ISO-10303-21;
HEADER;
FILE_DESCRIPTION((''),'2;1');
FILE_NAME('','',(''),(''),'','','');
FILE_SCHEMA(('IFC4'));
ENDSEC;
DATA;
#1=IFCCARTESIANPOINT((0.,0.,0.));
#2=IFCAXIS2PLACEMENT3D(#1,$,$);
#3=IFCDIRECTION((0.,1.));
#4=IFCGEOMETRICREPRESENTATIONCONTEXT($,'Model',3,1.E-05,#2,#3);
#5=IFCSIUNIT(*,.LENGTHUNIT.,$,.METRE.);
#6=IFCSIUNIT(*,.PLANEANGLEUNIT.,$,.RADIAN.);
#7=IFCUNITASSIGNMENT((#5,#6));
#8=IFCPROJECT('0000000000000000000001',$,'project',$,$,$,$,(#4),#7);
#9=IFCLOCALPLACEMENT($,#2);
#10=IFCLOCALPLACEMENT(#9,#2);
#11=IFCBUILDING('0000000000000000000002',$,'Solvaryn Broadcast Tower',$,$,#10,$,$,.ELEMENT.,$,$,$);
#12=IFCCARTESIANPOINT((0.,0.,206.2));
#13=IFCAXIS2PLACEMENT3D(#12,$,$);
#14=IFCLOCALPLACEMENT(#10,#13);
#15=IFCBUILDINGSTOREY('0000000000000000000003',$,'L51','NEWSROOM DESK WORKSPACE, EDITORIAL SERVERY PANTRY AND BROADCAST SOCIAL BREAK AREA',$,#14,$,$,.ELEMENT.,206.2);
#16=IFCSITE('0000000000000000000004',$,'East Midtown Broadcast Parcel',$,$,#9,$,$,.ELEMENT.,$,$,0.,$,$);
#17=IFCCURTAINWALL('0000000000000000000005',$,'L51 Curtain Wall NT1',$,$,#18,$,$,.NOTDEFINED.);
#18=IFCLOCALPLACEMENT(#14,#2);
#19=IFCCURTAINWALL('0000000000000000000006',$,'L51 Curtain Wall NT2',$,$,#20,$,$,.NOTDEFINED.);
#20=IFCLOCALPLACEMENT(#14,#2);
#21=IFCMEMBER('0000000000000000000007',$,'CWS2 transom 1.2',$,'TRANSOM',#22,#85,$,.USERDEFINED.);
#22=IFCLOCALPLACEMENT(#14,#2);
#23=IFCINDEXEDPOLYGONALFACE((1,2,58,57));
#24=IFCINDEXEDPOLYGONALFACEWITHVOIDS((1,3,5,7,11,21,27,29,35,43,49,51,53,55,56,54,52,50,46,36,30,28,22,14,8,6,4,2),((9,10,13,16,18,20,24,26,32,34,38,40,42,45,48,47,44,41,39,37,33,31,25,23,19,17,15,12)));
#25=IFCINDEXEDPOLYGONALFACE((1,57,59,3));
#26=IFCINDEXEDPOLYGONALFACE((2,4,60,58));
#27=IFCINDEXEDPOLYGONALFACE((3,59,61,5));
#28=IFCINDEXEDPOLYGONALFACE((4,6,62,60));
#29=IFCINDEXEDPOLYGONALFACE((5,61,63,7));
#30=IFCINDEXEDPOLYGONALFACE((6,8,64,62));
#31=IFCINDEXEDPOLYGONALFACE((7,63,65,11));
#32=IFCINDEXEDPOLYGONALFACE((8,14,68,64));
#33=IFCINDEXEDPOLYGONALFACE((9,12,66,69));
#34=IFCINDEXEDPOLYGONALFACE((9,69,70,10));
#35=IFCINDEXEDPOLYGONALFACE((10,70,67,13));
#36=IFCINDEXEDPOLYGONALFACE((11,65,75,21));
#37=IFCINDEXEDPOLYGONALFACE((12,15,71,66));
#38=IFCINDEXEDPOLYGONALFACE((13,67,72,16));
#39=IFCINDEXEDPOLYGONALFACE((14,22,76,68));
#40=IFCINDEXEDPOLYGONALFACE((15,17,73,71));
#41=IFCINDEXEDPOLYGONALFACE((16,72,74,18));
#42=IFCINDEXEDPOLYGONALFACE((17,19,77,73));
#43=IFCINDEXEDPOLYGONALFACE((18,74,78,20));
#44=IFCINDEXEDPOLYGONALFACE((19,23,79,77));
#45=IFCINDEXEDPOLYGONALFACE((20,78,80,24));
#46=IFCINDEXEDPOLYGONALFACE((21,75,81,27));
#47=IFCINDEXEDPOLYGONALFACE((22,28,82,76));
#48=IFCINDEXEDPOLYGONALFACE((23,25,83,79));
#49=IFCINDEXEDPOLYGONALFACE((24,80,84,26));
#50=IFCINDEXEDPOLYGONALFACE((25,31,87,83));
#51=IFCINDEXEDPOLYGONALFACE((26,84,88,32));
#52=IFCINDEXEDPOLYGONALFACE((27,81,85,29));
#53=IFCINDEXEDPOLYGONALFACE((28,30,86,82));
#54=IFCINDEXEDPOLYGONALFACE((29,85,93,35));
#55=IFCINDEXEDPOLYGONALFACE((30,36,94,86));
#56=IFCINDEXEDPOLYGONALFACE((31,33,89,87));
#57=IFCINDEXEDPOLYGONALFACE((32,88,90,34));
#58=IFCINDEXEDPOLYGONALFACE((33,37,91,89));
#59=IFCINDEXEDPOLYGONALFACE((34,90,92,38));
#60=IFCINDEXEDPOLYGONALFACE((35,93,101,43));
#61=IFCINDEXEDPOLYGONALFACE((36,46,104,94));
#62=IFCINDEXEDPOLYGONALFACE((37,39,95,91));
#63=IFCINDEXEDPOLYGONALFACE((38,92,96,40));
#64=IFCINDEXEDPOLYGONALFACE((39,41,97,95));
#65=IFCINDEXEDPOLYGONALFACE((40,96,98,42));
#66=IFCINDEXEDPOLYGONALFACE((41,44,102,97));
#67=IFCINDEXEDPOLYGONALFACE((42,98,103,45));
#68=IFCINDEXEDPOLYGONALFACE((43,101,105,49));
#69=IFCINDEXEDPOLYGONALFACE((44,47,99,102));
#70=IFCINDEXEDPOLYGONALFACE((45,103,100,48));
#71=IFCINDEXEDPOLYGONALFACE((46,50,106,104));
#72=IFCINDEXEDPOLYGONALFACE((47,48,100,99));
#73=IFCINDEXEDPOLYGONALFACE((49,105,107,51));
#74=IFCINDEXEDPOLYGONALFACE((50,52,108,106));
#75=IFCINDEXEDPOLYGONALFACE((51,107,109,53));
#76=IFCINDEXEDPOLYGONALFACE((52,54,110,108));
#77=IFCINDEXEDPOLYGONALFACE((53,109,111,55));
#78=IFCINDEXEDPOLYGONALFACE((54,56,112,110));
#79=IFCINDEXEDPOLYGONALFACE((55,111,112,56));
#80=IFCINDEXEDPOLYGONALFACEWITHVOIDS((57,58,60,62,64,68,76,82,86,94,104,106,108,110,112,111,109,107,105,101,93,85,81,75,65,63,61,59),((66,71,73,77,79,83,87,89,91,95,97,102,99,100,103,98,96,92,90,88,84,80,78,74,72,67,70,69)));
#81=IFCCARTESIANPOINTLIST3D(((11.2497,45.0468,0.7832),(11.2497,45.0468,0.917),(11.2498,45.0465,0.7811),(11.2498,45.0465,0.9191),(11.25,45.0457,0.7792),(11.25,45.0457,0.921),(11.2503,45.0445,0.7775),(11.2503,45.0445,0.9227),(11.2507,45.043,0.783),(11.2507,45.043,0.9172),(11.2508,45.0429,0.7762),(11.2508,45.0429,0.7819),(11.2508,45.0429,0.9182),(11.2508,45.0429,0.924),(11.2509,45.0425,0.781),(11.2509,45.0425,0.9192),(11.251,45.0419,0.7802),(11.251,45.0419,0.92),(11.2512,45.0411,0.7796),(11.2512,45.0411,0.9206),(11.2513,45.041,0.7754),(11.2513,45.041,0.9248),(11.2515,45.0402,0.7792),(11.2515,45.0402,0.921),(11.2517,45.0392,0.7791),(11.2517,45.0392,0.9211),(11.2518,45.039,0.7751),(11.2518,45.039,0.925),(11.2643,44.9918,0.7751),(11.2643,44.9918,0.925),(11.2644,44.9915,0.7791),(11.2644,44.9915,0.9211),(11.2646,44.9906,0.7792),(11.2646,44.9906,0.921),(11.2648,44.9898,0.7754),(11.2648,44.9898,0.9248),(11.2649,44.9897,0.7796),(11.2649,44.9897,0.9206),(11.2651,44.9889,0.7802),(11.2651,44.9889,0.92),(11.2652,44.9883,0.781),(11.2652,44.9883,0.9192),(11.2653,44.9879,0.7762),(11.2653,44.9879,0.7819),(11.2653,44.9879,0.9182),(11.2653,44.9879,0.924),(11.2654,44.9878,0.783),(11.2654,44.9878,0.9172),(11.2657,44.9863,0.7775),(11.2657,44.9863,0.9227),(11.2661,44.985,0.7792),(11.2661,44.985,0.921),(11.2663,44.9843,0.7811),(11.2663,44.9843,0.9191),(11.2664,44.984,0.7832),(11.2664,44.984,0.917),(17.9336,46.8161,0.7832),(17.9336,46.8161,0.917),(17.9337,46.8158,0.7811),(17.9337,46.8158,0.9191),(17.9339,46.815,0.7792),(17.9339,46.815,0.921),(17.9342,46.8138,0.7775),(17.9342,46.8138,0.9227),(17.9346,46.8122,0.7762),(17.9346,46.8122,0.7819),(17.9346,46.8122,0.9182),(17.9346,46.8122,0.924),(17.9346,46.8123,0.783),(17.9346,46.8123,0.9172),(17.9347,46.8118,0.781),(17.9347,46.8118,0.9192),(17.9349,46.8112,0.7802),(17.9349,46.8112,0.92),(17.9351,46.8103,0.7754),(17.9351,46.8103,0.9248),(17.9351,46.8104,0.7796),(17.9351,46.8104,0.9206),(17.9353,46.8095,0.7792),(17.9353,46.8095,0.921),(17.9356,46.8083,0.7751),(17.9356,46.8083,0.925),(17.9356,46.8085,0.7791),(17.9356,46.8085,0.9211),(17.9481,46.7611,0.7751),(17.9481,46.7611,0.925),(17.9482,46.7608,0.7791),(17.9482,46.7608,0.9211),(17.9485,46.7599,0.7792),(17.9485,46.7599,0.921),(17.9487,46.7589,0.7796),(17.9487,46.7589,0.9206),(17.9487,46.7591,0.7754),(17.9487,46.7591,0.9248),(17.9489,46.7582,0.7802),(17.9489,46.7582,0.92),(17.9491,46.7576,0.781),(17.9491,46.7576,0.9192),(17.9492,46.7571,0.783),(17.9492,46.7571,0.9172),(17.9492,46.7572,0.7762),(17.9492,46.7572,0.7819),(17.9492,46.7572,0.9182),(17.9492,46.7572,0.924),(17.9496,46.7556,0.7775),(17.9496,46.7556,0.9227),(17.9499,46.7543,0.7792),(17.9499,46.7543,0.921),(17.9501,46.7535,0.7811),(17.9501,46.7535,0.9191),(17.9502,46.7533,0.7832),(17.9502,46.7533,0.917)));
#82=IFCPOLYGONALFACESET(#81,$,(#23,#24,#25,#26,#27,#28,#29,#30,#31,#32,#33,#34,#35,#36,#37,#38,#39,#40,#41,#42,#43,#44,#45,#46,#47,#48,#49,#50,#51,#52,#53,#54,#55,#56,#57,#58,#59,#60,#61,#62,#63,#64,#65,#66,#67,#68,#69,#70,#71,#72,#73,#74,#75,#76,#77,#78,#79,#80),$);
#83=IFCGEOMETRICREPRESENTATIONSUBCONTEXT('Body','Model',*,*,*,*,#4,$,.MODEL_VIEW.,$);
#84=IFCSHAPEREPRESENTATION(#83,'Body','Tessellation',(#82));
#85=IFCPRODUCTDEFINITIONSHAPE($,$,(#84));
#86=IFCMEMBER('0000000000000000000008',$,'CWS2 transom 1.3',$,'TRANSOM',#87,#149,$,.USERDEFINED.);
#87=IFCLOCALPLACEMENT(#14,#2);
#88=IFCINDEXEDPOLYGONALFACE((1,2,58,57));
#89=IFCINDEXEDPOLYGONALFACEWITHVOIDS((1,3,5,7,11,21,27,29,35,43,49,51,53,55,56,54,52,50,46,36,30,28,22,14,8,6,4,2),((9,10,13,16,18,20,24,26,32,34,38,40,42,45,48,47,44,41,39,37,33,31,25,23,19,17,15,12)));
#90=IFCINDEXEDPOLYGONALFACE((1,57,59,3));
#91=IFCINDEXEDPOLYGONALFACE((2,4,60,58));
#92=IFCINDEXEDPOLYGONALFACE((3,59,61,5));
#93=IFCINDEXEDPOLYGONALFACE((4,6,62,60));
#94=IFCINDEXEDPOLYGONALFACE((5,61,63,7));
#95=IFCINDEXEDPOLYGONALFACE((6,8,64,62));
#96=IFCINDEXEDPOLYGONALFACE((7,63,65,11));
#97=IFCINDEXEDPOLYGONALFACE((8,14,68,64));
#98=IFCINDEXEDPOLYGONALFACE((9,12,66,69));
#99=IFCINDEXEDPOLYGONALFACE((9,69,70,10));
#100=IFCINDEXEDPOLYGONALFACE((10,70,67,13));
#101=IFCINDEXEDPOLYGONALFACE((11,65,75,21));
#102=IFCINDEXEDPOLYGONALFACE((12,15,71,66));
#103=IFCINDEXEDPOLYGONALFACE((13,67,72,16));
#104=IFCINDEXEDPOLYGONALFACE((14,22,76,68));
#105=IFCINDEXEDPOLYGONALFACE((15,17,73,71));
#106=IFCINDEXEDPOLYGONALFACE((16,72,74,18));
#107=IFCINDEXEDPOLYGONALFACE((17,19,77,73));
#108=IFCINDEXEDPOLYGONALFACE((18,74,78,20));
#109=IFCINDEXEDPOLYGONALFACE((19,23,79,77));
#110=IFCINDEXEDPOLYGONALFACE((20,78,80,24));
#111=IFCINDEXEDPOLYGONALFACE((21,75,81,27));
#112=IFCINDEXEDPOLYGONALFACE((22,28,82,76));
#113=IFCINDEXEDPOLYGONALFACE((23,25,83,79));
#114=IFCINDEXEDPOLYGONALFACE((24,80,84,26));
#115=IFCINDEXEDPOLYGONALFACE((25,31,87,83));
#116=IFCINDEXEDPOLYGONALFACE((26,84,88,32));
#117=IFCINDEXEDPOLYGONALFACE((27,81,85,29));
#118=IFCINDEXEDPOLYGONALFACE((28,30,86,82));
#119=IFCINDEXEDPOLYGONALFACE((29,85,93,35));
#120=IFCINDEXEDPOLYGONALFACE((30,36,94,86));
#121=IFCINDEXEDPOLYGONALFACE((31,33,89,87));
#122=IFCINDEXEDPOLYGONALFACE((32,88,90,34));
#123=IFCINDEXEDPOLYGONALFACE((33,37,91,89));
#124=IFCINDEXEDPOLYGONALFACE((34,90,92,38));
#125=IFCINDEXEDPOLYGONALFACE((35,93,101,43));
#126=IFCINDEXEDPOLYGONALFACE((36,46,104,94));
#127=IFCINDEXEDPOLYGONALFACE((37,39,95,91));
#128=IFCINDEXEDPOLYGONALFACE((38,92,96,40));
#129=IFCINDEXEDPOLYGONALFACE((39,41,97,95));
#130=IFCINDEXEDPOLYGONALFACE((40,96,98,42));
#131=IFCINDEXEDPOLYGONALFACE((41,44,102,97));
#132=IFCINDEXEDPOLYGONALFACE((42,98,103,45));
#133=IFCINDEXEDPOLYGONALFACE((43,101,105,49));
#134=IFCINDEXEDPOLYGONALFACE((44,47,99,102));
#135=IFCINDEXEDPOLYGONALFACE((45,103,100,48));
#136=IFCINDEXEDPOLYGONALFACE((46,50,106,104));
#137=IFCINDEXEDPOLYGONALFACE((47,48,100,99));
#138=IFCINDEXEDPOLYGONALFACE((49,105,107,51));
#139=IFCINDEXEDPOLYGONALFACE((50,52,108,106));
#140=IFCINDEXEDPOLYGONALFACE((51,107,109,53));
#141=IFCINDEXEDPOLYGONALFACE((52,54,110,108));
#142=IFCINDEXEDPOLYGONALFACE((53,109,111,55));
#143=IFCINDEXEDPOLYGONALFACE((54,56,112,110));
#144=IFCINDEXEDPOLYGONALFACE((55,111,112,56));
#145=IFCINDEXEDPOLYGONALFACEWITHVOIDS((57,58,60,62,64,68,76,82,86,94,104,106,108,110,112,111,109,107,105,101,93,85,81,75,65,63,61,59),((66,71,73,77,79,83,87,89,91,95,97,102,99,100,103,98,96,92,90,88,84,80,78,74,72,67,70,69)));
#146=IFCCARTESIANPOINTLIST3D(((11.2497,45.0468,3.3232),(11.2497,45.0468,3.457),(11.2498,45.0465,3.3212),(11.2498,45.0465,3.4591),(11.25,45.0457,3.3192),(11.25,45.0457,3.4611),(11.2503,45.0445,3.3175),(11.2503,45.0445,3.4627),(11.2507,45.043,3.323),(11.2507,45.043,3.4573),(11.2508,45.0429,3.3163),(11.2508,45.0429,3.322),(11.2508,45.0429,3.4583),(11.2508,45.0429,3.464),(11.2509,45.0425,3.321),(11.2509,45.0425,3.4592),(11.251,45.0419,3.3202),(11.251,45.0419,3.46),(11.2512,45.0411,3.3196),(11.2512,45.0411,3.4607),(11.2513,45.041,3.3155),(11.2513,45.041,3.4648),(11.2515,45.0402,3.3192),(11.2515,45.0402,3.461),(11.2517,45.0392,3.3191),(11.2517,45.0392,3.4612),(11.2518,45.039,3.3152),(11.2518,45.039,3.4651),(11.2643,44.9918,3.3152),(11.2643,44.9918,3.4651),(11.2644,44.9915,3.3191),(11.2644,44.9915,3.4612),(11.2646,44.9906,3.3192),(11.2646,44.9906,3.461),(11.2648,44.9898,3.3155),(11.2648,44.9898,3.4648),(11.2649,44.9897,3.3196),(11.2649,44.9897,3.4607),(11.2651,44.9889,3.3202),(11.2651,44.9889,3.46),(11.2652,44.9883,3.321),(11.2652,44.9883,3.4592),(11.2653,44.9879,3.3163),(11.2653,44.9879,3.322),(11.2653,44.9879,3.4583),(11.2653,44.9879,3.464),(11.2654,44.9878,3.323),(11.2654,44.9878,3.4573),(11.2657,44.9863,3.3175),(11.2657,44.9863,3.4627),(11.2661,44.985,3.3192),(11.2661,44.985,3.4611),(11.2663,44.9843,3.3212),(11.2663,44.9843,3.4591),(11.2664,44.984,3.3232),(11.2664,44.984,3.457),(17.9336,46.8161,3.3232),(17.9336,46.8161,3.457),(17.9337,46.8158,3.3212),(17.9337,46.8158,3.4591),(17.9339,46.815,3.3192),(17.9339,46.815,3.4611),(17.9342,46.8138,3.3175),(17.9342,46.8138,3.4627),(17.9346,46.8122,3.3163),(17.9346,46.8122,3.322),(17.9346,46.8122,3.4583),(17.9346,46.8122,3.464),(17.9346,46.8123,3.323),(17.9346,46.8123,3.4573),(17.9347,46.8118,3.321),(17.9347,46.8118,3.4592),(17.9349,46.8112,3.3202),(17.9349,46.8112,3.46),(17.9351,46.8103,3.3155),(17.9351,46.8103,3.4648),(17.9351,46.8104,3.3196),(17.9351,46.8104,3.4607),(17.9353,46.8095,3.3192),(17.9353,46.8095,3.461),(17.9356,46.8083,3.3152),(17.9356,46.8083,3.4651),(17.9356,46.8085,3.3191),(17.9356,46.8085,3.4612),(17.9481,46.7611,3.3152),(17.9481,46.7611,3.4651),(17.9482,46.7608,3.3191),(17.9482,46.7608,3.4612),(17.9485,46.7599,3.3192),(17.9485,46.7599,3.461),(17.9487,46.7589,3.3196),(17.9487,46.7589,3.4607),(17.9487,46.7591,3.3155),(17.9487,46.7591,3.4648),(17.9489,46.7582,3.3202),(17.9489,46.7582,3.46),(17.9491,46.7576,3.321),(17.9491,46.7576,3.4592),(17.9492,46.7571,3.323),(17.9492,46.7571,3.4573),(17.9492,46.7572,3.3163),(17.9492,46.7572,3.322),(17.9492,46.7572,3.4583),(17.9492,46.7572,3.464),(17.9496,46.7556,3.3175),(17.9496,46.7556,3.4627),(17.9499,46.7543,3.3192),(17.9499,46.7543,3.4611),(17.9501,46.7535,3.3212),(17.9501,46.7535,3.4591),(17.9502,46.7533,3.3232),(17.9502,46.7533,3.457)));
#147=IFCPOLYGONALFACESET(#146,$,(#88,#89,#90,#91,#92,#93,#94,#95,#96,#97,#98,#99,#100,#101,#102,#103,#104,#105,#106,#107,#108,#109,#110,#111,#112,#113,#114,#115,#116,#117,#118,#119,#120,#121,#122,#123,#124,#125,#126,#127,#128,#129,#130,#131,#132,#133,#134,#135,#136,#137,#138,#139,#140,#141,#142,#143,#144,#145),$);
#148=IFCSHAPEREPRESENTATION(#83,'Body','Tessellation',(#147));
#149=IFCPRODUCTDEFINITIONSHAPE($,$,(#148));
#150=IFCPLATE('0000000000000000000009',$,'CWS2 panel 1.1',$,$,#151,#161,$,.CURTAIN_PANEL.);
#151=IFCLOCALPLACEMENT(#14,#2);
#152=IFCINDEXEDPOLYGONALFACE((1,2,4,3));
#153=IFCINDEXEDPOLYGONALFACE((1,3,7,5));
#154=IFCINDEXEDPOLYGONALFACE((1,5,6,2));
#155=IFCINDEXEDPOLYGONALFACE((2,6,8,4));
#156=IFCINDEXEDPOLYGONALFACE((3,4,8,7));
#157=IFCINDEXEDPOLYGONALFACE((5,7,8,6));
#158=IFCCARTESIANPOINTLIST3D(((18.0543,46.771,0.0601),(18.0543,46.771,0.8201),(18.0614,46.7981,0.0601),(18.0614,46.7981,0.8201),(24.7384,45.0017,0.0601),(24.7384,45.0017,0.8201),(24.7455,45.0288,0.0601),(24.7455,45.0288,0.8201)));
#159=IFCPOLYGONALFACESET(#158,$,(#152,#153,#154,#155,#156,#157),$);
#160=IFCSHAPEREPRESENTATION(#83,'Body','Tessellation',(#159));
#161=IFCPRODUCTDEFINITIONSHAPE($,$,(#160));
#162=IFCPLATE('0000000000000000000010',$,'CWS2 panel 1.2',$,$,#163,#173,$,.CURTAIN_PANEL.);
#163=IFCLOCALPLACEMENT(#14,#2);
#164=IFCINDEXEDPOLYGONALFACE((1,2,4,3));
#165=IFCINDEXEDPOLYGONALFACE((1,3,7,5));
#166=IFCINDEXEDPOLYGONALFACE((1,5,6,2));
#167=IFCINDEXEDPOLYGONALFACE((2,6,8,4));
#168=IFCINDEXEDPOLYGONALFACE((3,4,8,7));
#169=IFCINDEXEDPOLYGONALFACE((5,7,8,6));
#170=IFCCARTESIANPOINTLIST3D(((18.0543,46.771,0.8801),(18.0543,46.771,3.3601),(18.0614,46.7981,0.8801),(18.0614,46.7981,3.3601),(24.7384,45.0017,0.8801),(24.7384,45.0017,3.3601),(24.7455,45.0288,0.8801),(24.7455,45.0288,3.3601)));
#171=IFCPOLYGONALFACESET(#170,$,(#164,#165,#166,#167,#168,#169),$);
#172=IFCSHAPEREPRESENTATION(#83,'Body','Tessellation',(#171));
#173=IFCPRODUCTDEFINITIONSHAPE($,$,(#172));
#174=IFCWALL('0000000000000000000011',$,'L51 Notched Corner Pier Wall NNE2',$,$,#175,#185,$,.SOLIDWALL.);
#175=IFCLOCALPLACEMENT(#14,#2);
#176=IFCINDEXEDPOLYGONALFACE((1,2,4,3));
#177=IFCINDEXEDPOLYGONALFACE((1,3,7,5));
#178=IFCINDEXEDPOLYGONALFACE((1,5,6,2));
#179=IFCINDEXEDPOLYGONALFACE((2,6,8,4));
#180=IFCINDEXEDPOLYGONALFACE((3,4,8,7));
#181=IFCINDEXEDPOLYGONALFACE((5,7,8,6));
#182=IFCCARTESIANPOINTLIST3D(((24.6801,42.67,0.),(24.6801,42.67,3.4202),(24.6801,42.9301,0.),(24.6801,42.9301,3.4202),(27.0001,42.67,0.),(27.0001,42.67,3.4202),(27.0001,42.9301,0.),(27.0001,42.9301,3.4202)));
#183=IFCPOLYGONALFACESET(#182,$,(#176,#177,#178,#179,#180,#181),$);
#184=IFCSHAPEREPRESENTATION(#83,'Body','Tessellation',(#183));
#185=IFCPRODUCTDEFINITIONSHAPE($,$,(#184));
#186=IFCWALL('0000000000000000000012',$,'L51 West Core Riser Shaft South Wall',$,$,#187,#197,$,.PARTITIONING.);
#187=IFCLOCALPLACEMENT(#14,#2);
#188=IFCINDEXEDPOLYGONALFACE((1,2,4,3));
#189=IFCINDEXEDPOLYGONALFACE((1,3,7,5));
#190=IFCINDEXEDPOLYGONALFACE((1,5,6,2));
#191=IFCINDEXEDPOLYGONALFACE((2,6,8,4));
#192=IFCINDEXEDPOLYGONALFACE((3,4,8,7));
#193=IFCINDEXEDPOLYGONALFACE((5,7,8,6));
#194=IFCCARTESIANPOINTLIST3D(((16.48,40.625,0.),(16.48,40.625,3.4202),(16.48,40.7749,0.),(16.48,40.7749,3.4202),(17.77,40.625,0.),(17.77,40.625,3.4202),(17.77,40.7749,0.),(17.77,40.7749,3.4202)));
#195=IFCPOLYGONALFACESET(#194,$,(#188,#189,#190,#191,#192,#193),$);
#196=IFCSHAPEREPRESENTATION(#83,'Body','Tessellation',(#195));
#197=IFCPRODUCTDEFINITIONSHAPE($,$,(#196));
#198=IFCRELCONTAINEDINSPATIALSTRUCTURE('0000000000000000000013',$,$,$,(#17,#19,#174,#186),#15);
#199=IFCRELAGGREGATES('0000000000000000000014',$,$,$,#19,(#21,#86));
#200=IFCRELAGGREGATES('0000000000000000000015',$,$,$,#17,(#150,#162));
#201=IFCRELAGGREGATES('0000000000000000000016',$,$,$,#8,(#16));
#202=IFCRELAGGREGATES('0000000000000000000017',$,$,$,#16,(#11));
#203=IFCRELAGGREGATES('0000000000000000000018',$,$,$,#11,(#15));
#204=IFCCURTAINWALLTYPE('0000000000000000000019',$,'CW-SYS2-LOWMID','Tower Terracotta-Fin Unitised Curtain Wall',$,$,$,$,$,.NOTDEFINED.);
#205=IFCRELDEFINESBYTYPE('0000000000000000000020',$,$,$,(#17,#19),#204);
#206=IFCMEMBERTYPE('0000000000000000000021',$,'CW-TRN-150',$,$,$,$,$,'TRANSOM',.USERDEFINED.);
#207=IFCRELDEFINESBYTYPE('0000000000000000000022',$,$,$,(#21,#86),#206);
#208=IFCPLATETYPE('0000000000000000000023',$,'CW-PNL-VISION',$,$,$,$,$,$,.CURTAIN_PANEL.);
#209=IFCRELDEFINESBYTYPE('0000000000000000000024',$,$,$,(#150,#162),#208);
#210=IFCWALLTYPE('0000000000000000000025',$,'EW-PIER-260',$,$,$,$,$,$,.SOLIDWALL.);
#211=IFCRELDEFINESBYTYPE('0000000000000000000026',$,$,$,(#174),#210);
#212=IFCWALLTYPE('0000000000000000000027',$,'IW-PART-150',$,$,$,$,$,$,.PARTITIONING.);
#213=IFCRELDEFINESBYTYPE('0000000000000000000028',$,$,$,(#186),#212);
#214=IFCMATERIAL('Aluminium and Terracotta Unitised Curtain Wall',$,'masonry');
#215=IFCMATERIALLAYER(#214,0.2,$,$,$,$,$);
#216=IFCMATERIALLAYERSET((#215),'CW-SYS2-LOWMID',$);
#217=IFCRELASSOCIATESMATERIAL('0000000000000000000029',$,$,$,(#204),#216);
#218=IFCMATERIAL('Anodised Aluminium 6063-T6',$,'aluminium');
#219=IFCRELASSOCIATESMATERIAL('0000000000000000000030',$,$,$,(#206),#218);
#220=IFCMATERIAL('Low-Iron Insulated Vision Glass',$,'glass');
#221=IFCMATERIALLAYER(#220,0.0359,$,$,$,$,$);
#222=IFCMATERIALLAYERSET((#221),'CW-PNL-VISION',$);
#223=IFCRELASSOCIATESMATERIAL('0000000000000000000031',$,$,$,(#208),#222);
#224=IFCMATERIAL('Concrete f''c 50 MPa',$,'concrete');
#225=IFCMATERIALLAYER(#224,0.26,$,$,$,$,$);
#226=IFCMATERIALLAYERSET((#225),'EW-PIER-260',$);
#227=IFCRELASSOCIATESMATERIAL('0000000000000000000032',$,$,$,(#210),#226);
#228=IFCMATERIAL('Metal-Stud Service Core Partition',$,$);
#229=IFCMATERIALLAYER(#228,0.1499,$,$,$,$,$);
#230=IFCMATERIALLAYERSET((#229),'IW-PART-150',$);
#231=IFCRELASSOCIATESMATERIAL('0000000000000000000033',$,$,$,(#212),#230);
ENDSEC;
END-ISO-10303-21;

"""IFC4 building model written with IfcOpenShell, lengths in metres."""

from ifc_helpers import new_model, si_unit, direction, frame, frame_2d, origin, origin_2d, place, context, subcontext, project, spatial, rectangle, hollow_rectangle, extrude, material, layer, layer_set, material_profile, profile_set, type_object, element, aggregate, save


model = new_model("IFC4")

# Units and contexts
model_context = context("Model", 3, precision=1e-05, world=origin(), true_north=direction((0.0, 1.0)))
body_context = subcontext(model_context, "Body", "Model", "MODEL_VIEW")
ifc_project = project(units=[si_unit("LENGTHUNIT", "METRE"), si_unit("PLANEANGLEUNIT", "RADIAN")], contexts=[model_context])

# Site, building, storey
site_placement = place(None, origin())
site = spatial("IfcSite", under=ifc_project, at=site_placement, Name="East Midtown Broadcast Parcel", CompositionType="ELEMENT", RefElevation=0.0)
building_placement = place(site_placement, origin())
building = spatial("IfcBuilding", under=site, at=building_placement, Name="Solvaryn Broadcast Tower", CompositionType="ELEMENT")
storey_placement = place(building_placement, frame((0.0, 0.0, 206.2)))
storey = spatial("IfcBuildingStorey", under=building, at=storey_placement, Name="L51", Description="NEWSROOM DESK WORKSPACE, EDITORIAL SERVERY PANTRY AND BROADCAST SOCIAL BREAK AREA", CompositionType="ELEMENT", Elevation=206.2)

# Curtain wall
ifc_material_1 = material(Name="Aluminium and Terracotta Unitised Curtain Wall", Category="masonry")
ifc_layer_1 = layer(ifc_material_1, 0.2)
ifc_layer_set_1 = layer_set([ifc_layer_1], Name="CW-SYS2-LOWMID")
curtain_wall_type = type_object("IfcCurtainWallType", Name="CW-SYS2-LOWMID", Description="Tower Terracotta-Fin Unitised Curtain Wall", PredefinedType="NOTDEFINED", material=ifc_layer_set_1)
curtain_wall_1_placement = place(storey_placement, origin())
curtain_wall_1 = element("IfcCurtainWall", 1, at=curtain_wall_1_placement, inside=storey, type_object=curtain_wall_type, Name="L51 Curtain Wall NT1", PredefinedType="NOTDEFINED")

# Curtain wall, members
curtain_wall_2_placement = place(storey_placement, origin())
curtain_wall_2 = element("IfcCurtainWall", 2, at=curtain_wall_2_placement, inside=storey, type_object=curtain_wall_type, Name="L51 Curtain Wall NT2", PredefinedType="NOTDEFINED")
ifc_material_2 = material(Name="Anodised Aluminium 6063-T6", Category="aluminium")
ifc_material_profile_1 = material_profile(ifc_material_2, hollow_rectangle(XDim=0.0649, YDim=0.1499, WallThickness=0.0039, InnerFilletRadius=0.0039, OuterFilletRadius=0.0081, at=origin_2d()))
ifc_profile_set_1 = profile_set([ifc_material_profile_1], Name="Anodised Aluminium 6063-T6")
member_type_1 = type_object("IfcMemberType", Name="CW-TRN-150", ElementType="TRANSOM", PredefinedType="USERDEFINED", material=ifc_profile_set_1)
member_1_placement = place(storey_placement, frame((17.9419, 46.7847, 0.8501), z_axis=(-0.966704, -0.255897, 0.0), x_axis=(0.255897, -0.966704, 0.0)))
member_1 = element("IfcMember", 3, at=member_1_placement, type_object=member_type_1, Name="CWS2 transom 1.2", ObjectType="TRANSOM", PredefinedType="USERDEFINED", context=body_context, shape_type="SweptSolid", body=[
    extrude(hollow_rectangle(XDim=0.0649, YDim=0.1499, WallThickness=0.0039, InnerFilletRadius=0.0039, OuterFilletRadius=0.0081, at=origin_2d()), origin(), (0.0, 0.0, 1.0), 6.9141),
])
member_2_placement = place(storey_placement, frame((17.9419, 46.7847, 3.3901), z_axis=(-0.966704, -0.255897, 0.0), x_axis=(0.255897, -0.966704, 0.0)))
member_2 = element("IfcMember", 4, at=member_2_placement, type_object=member_type_1, Name="CWS2 transom 1.3", ObjectType="TRANSOM", PredefinedType="USERDEFINED", context=body_context, shape_type="SweptSolid", body=[
    extrude(hollow_rectangle(XDim=0.0649, YDim=0.1499, WallThickness=0.0039, InnerFilletRadius=0.0039, OuterFilletRadius=0.0081, at=origin_2d()), origin(), (0.0, 0.0, 1.0), 6.9141),
])
aggregate(curtain_wall_2, [member_1, member_2])

# Plates
ifc_material_3 = material(Name="Low-Iron Insulated Vision Glass", Category="glass")
ifc_layer_2 = layer(ifc_material_3, 0.0359)
ifc_layer_set_2 = layer_set([ifc_layer_2], Name="CW-PNL-VISION")
plate_type = type_object("IfcPlateType", Name="CW-PNL-VISION", PredefinedType="CURTAIN_PANEL", material=ifc_layer_set_2)
plate_1_placement = place(storey_placement, frame((21.3999, 45.8999, 0.0601), z_axis=(0.0, 0.0, 1.0), x_axis=(-0.966705, 0.255893, 0.0)))
plate_1 = element("IfcPlate", 5, at=plate_1_placement, type_object=plate_type, Name="CWS2 panel 1.1", PredefinedType="CURTAIN_PANEL", context=body_context, shape_type="SweptSolid", body=[
    extrude(rectangle(XDim=6.9143, YDim=0.0281, at=origin_2d()), origin(), (0.0, 0.0, 1.0), 0.76),
])
plate_2_placement = place(storey_placement, frame((21.3999, 45.8999, 0.8801), z_axis=(0.0, 0.0, 1.0), x_axis=(-0.966705, 0.255893, 0.0)))
plate_2 = element("IfcPlate", 6, at=plate_2_placement, type_object=plate_type, Name="CWS2 panel 1.2", PredefinedType="CURTAIN_PANEL", context=body_context, shape_type="SweptSolid", body=[
    extrude(rectangle(XDim=6.9143, YDim=0.0281, at=origin_2d()), origin(), (0.0, 0.0, 1.0), 2.48),
])
aggregate(curtain_wall_1, [plate_1, plate_2])

# Walls
ifc_material_4 = material(Name="Concrete f'c 50 MPa", Category="concrete")
ifc_layer_3 = layer(ifc_material_4, 0.26)
ifc_layer_set_3 = layer_set([ifc_layer_3], Name="EW-PIER-260")
wall_type_1 = type_object("IfcWallType", Name="EW-PIER-260", PredefinedType="SOLIDWALL", material=ifc_layer_set_3)
wall_1_placement = place(storey_placement, frame((24.6799, 42.8, 0.0), z_axis=(0.0, 0.0, 1.0), x_axis=(1.0, 0.0, 0.0)))
element("IfcWall", 7, at=wall_1_placement, inside=storey, type_object=wall_type_1, Name="L51 Notched Corner Pier Wall NNE2", PredefinedType="SOLIDWALL", context=body_context, shape_type="SweptSolid", body=[
    extrude(rectangle(XDim=2.3201, YDim=0.26, at=frame_2d((1.1602, 0.0))), origin(), (0.0, 0.0, 1.0), 3.4202),
])
ifc_material_5 = material(Name="Metal-Stud Service Core Partition")
ifc_layer_4 = layer(ifc_material_5, 0.1499)
ifc_layer_set_4 = layer_set([ifc_layer_4], Name="IW-PART-150")
wall_type_2 = type_object("IfcWallType", Name="IW-PART-150", PredefinedType="PARTITIONING", material=ifc_layer_set_4)
wall_2_placement = place(storey_placement, frame((16.48, 40.7, 0.0), z_axis=(0.0, 0.0, 1.0), x_axis=(1.0, 0.0, 0.0)))
element("IfcWall", 8, at=wall_2_placement, inside=storey, type_object=wall_type_2, Name="L51 West Core Riser Shaft South Wall", PredefinedType="PARTITIONING", context=body_context, shape_type="SweptSolid", body=[
    extrude(rectangle(XDim=1.29, YDim=0.1499, at=frame_2d((0.645, 0.0))), origin(), (0.0, 0.0, 1.0), 3.4202),
])

save(model, "model.ifc")
